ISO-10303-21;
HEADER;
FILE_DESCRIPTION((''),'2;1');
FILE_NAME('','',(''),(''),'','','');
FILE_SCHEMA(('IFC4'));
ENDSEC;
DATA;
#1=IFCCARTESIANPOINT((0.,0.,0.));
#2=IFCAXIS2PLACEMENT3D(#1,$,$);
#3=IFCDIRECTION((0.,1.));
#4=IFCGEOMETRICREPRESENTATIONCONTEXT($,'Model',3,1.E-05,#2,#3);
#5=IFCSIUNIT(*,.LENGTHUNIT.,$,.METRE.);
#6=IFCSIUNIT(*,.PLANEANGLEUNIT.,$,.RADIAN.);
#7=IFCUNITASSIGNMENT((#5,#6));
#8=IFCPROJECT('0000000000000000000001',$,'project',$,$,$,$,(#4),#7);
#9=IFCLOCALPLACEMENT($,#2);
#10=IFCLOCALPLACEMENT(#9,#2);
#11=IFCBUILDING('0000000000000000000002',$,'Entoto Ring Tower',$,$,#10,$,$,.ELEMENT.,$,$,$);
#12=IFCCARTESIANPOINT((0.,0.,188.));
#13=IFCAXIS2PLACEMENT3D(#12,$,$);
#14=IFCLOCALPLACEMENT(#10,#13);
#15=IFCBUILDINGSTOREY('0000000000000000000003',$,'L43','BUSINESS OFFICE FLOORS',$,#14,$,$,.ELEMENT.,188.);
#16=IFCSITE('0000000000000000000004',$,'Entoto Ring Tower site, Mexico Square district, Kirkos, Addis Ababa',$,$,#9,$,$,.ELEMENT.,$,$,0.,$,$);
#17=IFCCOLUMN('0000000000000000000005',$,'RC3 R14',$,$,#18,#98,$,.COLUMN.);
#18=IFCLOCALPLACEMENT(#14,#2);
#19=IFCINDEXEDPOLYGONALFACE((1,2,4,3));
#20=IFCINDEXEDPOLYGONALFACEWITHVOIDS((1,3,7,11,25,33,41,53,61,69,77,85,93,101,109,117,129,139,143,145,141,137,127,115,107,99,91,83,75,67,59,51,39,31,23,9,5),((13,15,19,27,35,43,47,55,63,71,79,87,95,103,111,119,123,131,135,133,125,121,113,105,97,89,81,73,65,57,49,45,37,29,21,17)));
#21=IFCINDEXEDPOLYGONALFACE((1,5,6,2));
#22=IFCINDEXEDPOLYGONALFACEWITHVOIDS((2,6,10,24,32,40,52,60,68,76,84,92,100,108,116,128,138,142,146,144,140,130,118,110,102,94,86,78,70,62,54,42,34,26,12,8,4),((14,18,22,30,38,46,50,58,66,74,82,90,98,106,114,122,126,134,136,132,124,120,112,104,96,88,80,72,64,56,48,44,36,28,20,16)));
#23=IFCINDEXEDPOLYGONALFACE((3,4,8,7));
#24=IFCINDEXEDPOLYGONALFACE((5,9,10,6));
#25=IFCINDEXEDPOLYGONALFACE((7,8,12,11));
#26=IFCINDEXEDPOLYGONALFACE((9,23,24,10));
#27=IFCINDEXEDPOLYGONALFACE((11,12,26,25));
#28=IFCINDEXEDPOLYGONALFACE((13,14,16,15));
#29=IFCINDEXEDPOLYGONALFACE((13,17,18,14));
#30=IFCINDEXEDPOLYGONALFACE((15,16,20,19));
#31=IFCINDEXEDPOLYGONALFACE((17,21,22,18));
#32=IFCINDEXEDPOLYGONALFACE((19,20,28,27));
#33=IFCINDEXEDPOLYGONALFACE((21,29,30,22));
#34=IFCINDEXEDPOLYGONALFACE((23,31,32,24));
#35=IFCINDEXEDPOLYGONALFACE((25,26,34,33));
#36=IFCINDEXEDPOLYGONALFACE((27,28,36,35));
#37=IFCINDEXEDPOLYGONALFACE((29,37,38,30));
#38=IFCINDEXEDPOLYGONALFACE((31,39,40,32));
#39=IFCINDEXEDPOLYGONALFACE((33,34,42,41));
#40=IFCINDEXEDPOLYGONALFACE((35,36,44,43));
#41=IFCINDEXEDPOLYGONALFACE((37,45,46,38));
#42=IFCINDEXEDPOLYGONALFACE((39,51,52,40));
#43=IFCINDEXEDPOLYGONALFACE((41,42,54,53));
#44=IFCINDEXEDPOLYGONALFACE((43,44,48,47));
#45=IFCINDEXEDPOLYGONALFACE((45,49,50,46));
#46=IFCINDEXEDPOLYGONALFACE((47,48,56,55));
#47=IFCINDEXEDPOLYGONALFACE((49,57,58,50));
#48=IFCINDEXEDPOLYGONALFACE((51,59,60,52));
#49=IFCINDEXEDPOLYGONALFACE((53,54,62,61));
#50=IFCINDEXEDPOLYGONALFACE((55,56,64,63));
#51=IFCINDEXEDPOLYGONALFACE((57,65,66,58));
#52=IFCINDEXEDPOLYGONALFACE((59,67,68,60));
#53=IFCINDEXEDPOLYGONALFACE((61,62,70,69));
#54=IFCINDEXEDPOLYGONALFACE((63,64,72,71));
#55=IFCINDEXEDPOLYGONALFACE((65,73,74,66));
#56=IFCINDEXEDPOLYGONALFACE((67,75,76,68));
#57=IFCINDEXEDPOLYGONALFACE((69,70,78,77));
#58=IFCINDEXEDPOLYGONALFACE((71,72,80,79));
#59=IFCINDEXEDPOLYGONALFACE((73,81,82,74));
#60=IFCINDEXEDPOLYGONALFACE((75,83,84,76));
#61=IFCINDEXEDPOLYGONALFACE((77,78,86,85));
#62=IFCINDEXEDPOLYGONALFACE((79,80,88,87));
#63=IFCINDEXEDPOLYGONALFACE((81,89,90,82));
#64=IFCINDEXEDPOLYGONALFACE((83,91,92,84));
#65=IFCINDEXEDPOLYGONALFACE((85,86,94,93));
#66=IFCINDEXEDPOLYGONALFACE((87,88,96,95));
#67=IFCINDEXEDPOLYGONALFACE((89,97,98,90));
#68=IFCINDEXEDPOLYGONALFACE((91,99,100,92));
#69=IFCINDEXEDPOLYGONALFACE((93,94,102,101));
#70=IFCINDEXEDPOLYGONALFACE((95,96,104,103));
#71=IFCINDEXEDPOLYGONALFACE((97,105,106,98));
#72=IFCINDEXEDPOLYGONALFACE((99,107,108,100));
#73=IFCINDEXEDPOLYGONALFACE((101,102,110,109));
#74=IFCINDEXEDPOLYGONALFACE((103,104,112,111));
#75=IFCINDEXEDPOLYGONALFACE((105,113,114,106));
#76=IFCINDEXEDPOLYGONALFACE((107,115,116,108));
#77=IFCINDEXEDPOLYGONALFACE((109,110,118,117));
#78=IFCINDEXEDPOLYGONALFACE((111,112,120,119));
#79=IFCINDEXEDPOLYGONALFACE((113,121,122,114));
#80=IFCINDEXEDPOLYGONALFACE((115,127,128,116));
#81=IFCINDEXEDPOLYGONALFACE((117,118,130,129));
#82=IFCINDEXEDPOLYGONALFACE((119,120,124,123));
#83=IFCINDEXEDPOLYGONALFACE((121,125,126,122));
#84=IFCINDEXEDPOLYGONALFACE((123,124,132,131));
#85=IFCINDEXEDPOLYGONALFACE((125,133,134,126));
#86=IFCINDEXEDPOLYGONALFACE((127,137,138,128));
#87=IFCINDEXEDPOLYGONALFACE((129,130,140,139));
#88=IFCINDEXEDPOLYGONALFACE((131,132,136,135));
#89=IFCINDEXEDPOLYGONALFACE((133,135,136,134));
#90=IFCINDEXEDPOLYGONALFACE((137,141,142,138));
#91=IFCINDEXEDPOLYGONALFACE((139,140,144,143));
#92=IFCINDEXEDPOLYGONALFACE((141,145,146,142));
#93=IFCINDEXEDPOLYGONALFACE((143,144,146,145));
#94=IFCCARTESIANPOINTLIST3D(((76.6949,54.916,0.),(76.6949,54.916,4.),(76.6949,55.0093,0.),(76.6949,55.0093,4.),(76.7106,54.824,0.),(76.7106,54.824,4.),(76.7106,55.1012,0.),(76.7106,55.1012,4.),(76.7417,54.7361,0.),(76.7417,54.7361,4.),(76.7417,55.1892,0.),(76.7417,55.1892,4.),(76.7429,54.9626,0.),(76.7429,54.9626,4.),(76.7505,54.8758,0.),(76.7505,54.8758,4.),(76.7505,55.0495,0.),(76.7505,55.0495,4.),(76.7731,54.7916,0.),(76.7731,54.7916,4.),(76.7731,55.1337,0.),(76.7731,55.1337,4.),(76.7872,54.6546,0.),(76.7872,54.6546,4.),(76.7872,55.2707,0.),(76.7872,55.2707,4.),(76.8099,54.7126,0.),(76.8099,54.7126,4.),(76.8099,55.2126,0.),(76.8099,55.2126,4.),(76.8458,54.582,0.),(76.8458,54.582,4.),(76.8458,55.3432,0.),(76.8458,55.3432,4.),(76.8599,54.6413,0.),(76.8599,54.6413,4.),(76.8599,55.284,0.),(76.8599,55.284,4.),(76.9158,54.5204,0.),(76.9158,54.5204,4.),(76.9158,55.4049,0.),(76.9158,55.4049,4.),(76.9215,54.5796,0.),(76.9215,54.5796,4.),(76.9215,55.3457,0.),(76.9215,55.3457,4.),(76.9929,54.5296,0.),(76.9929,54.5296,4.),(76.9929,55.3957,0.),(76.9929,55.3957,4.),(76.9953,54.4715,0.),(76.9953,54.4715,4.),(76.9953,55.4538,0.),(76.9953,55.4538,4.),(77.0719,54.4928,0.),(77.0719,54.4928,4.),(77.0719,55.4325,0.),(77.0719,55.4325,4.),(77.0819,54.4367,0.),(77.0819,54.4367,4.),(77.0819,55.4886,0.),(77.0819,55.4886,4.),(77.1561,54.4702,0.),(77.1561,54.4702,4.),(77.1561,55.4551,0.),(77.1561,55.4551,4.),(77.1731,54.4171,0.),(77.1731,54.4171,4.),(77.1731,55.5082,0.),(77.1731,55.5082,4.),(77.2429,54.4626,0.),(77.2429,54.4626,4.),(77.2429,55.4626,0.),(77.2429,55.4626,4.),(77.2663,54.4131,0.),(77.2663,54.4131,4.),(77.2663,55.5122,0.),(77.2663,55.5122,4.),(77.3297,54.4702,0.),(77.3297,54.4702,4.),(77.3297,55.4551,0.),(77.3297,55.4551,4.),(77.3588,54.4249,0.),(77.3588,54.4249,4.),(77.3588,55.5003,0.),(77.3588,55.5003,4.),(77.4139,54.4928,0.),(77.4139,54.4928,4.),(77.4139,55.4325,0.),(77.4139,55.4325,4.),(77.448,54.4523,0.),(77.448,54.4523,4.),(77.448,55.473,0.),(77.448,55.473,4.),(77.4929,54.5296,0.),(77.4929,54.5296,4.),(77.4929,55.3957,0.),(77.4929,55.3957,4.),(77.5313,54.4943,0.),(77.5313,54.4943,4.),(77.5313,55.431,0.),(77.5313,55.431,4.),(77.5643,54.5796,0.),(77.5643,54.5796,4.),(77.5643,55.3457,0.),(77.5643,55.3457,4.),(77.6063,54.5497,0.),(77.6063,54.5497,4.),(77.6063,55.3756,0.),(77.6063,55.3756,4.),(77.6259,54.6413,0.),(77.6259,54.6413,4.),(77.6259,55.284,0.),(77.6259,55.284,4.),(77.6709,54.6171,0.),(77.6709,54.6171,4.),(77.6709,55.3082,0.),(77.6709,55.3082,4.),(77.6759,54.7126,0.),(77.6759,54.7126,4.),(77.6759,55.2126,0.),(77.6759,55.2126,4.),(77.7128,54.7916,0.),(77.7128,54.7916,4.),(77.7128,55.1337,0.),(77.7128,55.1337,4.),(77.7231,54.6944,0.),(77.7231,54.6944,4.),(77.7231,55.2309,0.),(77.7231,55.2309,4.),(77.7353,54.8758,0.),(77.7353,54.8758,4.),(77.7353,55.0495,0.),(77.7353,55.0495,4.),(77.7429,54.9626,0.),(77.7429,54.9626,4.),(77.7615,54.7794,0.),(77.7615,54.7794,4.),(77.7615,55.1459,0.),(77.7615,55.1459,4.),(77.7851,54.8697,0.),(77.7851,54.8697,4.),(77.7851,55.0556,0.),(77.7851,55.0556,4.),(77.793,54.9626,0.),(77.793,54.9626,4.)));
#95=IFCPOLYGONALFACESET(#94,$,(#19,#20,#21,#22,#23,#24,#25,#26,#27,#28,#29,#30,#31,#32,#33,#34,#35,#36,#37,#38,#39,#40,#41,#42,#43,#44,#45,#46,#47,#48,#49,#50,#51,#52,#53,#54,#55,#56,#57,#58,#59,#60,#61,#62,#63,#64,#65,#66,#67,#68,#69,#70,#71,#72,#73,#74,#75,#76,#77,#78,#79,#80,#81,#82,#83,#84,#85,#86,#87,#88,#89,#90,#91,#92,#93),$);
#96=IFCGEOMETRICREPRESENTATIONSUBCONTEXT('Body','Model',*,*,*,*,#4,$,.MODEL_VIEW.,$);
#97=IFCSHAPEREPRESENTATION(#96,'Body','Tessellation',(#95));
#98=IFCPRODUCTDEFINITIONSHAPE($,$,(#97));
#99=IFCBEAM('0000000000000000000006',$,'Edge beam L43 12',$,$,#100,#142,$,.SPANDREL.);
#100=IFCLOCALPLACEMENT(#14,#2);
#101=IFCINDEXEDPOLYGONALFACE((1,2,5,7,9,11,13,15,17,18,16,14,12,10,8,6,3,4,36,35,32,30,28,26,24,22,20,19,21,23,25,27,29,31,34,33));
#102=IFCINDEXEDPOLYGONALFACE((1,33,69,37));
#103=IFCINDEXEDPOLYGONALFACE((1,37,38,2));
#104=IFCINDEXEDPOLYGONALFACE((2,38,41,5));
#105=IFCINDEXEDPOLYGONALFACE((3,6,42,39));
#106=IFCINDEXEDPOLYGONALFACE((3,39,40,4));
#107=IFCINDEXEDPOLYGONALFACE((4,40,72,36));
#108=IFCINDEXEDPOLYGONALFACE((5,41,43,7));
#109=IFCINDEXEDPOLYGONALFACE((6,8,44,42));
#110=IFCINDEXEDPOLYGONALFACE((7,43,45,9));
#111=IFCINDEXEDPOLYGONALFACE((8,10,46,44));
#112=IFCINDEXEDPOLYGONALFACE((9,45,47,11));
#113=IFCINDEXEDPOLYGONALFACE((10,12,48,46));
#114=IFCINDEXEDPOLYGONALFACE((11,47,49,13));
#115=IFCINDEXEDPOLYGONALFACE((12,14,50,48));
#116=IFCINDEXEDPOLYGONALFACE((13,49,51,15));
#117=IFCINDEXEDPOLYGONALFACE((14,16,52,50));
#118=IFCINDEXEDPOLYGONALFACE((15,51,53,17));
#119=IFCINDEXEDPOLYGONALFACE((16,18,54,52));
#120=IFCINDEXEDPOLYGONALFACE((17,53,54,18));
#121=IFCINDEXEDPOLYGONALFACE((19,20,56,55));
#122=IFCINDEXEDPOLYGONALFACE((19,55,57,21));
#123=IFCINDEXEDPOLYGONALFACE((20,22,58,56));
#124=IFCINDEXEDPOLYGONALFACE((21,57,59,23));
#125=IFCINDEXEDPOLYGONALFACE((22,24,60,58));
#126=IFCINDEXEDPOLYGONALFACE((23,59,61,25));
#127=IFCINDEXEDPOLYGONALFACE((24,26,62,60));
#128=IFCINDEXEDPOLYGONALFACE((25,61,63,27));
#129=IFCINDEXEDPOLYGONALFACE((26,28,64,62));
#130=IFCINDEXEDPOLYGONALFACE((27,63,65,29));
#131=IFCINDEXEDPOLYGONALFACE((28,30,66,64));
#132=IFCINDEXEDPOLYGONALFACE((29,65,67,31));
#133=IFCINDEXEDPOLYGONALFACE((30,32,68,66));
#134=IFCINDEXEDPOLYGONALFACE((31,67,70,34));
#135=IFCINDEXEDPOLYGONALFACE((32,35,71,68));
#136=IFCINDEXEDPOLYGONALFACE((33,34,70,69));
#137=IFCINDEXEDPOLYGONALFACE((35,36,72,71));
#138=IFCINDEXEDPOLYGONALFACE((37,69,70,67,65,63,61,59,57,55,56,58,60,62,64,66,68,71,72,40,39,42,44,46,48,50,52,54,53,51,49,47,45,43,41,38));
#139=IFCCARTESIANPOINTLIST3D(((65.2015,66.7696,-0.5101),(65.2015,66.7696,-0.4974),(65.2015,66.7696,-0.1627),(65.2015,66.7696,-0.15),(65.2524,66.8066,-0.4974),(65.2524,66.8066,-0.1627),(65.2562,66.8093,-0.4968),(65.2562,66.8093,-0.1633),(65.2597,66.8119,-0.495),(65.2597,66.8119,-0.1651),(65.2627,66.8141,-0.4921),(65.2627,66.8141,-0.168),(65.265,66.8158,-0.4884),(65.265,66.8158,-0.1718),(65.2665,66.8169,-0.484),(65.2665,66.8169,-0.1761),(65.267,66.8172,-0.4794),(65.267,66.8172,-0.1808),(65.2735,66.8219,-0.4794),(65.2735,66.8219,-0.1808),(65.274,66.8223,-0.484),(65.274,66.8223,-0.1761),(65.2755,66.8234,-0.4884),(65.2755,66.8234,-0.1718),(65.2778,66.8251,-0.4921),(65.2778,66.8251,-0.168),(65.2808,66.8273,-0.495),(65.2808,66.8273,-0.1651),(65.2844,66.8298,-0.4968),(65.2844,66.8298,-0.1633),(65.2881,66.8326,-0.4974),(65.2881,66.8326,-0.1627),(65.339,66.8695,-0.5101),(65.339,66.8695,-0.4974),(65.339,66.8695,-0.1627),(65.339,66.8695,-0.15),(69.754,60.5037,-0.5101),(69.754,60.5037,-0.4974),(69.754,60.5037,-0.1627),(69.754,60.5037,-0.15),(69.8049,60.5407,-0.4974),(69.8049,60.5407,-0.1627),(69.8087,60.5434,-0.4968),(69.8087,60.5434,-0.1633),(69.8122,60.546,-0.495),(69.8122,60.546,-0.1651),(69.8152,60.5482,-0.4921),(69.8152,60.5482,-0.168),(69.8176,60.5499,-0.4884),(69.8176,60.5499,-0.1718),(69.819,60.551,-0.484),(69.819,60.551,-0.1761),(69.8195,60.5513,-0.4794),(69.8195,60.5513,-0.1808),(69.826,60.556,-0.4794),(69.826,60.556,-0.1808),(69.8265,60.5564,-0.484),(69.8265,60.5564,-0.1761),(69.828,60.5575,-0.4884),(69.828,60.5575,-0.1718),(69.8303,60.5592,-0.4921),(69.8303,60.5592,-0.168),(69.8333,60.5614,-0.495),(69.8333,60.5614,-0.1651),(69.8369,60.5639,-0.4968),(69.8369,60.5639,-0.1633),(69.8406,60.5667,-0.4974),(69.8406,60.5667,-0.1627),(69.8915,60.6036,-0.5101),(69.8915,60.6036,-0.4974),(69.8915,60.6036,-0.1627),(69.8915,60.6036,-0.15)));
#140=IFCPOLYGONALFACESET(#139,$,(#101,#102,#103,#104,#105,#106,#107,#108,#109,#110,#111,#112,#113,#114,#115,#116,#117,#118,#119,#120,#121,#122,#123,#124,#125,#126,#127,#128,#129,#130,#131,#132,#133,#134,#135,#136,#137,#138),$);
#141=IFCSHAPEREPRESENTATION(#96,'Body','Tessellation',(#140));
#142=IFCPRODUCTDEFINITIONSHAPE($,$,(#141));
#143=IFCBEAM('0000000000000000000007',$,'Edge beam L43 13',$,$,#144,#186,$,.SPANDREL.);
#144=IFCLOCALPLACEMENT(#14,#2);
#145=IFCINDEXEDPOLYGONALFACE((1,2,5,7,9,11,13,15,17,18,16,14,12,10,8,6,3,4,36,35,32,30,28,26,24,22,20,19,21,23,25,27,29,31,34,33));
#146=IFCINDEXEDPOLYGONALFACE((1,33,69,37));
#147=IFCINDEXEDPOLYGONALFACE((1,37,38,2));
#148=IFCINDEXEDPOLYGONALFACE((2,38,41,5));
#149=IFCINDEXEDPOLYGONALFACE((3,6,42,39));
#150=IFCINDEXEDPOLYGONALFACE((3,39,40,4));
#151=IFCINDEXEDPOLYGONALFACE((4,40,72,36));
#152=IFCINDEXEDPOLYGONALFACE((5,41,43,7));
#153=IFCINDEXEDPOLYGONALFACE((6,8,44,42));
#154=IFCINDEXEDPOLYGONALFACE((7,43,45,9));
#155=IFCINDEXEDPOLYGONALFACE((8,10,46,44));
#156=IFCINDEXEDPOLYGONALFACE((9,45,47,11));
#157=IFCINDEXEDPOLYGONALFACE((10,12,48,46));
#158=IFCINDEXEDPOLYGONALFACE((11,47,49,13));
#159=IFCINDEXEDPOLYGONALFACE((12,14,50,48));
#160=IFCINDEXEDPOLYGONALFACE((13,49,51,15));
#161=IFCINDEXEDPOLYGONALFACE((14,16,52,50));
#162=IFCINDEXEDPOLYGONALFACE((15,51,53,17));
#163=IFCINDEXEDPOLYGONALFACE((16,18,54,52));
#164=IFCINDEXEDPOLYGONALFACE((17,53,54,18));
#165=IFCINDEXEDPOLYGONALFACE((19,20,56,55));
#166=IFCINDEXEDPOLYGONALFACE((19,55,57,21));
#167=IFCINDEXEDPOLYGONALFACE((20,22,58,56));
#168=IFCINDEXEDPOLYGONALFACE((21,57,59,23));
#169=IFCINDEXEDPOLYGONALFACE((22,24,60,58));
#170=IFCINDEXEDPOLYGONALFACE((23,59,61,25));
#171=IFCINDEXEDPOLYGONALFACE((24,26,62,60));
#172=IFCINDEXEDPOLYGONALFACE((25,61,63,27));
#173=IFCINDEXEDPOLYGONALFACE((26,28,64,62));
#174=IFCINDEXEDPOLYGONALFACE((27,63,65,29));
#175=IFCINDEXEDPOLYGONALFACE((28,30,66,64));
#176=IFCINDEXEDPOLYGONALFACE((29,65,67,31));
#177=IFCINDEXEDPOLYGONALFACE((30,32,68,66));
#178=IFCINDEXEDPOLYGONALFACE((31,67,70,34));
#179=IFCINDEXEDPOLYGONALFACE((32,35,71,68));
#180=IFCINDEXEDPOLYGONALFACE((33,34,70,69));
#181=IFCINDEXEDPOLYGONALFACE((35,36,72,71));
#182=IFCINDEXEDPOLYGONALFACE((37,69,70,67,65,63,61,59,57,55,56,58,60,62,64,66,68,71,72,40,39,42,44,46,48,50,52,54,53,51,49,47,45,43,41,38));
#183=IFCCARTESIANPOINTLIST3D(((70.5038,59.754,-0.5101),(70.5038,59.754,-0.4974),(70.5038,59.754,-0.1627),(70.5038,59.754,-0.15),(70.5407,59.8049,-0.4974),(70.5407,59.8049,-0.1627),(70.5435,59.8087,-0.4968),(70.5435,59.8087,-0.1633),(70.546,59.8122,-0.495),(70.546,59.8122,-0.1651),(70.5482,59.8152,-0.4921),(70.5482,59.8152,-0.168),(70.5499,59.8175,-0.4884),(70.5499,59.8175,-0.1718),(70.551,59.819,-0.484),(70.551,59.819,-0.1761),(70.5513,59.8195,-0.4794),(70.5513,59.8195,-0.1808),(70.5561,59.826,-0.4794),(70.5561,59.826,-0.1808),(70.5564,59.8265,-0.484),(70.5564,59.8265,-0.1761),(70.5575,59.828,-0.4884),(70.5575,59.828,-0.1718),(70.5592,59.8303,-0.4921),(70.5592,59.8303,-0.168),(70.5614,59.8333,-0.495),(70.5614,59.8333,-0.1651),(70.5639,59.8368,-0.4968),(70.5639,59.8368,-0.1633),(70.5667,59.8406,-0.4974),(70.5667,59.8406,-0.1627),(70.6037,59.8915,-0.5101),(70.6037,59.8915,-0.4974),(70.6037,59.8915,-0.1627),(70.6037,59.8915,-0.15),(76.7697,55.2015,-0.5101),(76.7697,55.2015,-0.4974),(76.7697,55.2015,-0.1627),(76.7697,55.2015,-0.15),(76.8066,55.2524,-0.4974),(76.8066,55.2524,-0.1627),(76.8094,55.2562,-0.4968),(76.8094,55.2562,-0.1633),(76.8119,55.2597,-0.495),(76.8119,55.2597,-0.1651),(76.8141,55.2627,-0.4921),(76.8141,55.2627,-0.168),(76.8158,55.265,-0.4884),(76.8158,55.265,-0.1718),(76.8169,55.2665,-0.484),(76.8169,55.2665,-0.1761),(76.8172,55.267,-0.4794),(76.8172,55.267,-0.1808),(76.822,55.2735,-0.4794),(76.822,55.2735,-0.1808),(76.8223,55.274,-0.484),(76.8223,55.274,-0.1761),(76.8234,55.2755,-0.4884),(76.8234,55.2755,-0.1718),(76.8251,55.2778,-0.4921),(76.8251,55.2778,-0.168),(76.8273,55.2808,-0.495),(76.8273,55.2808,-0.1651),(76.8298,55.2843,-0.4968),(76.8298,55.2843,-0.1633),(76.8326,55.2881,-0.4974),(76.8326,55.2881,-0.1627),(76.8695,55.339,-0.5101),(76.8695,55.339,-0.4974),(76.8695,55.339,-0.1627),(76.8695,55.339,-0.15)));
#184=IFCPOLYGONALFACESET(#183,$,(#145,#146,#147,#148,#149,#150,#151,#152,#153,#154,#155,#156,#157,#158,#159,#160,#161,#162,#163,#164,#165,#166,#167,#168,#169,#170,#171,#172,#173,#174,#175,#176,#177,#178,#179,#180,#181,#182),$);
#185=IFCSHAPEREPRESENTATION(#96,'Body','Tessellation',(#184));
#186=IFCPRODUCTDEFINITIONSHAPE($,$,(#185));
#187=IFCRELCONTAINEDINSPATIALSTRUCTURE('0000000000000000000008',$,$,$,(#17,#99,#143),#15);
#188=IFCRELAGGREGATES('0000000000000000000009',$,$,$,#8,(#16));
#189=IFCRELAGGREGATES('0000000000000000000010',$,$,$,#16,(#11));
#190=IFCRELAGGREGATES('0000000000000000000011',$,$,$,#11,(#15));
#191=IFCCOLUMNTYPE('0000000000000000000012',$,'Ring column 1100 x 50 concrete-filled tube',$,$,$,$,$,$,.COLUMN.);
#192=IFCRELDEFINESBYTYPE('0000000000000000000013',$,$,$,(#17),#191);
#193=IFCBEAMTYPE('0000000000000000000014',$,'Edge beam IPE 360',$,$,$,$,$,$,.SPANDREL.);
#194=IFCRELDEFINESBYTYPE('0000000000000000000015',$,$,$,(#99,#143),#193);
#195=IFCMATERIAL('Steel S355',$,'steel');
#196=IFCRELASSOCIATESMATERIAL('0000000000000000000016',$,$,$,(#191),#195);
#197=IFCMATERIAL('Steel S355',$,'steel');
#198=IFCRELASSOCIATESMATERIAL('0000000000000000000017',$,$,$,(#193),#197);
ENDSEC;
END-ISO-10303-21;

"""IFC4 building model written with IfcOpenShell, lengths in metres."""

from ifc_helpers import new_model, si_unit, direction, frame, origin, origin_2d, place, context, subcontext, project, spatial, circle, hollow_circle, i_section, extrude, material, material_profile, profile_set, type_object, element, save


model = new_model("IFC4")

# Units and contexts
model_context = context("Model", 3, precision=1e-05, world=origin(), true_north=direction((0.0, 1.0)))
body_context = subcontext(model_context, "Body", "Model", "MODEL_VIEW")
ifc_project = project(units=[si_unit("LENGTHUNIT", "METRE"), si_unit("PLANEANGLEUNIT", "RADIAN")], contexts=[model_context])

# Site, building, storey
site_placement = place(None, origin())
site = spatial("IfcSite", under=ifc_project, at=site_placement, Name="Entoto Ring Tower site, Mexico Square district, Kirkos, Addis Ababa", CompositionType="ELEMENT", RefElevation=0.0)
building_placement = place(site_placement, origin())
building = spatial("IfcBuilding", under=site, at=building_placement, Name="Entoto Ring Tower", CompositionType="ELEMENT")
storey_placement = place(building_placement, frame((0.0, 0.0, 188.0)))
storey = spatial("IfcBuildingStorey", under=building, at=storey_placement, Name="L43", Description="BUSINESS OFFICE FLOORS", CompositionType="ELEMENT", Elevation=188.0)

# Column
ifc_material_1 = material(Name="Steel S355", Category="steel")
ifc_material_profile_1 = material_profile(ifc_material_1, hollow_circle(Radius=0.55, WallThickness=0.05, at=origin_2d()), Name="CHS 1100 x 50")
ifc_material_2 = material(Name="Concrete C60/75", Category="concrete")
ifc_material_profile_2 = material_profile(ifc_material_2, circle(Radius=0.5, at=origin_2d()), Name="Concrete C60/75 infill")
ifc_profile_set_1 = profile_set([ifc_material_profile_1, ifc_material_profile_2], Name="Steel S355")
column_type = type_object("IfcColumnType", Name="Ring column 1100 x 50 concrete-filled tube", PredefinedType="COLUMN", material=ifc_profile_set_1)
for number, where, z_axis, x_axis, name in (
    (1, (77.2429, 54.9626, 0.0), (0.0, 0.0, 1.0), (1.0, 0.0, 0.0), "RC3 R14"),
):
    element("IfcColumn", number, at=place(storey_placement, frame(where, z_axis=z_axis, x_axis=x_axis)), inside=storey, type_object=column_type, Name=name, PredefinedType="COLUMN", context=body_context, shape_type="SweptSolid", body=[
        extrude(hollow_circle(Radius=0.55, WallThickness=0.05, at=origin_2d()), origin(), (0.0, 0.0, 1.0), 4.0),
    ])

# Beams
ifc_material_3 = material(Name="Steel S355", Category="steel")
ifc_material_profile_3 = material_profile(ifc_material_3, i_section(OverallWidth=0.1699, OverallDepth=0.3601, WebThickness=0.0081, FlangeThickness=0.0127, FilletRadius=0.0181, at=origin_2d()), Name="IPE 360")
ifc_profile_set_2 = profile_set([ifc_material_profile_3], Name="Steel S355")
beam_type_1 = type_object("IfcBeamType", Name="Edge beam IPE 360", PredefinedType="SPANDREL", material=ifc_profile_set_2)
for number, where, z_axis, x_axis, name in (
    (2, (65.2703, 66.8196, -0.3301), (0.587791, -0.809013, 0.0), (0.809013, 0.587791, 0.0), "Edge beam L43 12"),
    (3, (70.5537, 59.8228, -0.3301), (0.809013, -0.587791, 0.0), (0.587791, 0.809013, 0.0), "Edge beam L43 13"),
):
    element("IfcBeam", number, at=place(storey_placement, frame(where, z_axis=z_axis, x_axis=x_axis)), inside=storey, type_object=beam_type_1, Name=name, PredefinedType="SPANDREL", context=body_context, shape_type="SweptSolid", body=[
        extrude(i_section(OverallWidth=0.1699, OverallDepth=0.3601, WebThickness=0.0081, FlangeThickness=0.0127, FilletRadius=0.0181, at=origin_2d()), origin(), (0.0, 0.0, 1.0), 7.7451),
    ])

save(model, "model.ifc")
